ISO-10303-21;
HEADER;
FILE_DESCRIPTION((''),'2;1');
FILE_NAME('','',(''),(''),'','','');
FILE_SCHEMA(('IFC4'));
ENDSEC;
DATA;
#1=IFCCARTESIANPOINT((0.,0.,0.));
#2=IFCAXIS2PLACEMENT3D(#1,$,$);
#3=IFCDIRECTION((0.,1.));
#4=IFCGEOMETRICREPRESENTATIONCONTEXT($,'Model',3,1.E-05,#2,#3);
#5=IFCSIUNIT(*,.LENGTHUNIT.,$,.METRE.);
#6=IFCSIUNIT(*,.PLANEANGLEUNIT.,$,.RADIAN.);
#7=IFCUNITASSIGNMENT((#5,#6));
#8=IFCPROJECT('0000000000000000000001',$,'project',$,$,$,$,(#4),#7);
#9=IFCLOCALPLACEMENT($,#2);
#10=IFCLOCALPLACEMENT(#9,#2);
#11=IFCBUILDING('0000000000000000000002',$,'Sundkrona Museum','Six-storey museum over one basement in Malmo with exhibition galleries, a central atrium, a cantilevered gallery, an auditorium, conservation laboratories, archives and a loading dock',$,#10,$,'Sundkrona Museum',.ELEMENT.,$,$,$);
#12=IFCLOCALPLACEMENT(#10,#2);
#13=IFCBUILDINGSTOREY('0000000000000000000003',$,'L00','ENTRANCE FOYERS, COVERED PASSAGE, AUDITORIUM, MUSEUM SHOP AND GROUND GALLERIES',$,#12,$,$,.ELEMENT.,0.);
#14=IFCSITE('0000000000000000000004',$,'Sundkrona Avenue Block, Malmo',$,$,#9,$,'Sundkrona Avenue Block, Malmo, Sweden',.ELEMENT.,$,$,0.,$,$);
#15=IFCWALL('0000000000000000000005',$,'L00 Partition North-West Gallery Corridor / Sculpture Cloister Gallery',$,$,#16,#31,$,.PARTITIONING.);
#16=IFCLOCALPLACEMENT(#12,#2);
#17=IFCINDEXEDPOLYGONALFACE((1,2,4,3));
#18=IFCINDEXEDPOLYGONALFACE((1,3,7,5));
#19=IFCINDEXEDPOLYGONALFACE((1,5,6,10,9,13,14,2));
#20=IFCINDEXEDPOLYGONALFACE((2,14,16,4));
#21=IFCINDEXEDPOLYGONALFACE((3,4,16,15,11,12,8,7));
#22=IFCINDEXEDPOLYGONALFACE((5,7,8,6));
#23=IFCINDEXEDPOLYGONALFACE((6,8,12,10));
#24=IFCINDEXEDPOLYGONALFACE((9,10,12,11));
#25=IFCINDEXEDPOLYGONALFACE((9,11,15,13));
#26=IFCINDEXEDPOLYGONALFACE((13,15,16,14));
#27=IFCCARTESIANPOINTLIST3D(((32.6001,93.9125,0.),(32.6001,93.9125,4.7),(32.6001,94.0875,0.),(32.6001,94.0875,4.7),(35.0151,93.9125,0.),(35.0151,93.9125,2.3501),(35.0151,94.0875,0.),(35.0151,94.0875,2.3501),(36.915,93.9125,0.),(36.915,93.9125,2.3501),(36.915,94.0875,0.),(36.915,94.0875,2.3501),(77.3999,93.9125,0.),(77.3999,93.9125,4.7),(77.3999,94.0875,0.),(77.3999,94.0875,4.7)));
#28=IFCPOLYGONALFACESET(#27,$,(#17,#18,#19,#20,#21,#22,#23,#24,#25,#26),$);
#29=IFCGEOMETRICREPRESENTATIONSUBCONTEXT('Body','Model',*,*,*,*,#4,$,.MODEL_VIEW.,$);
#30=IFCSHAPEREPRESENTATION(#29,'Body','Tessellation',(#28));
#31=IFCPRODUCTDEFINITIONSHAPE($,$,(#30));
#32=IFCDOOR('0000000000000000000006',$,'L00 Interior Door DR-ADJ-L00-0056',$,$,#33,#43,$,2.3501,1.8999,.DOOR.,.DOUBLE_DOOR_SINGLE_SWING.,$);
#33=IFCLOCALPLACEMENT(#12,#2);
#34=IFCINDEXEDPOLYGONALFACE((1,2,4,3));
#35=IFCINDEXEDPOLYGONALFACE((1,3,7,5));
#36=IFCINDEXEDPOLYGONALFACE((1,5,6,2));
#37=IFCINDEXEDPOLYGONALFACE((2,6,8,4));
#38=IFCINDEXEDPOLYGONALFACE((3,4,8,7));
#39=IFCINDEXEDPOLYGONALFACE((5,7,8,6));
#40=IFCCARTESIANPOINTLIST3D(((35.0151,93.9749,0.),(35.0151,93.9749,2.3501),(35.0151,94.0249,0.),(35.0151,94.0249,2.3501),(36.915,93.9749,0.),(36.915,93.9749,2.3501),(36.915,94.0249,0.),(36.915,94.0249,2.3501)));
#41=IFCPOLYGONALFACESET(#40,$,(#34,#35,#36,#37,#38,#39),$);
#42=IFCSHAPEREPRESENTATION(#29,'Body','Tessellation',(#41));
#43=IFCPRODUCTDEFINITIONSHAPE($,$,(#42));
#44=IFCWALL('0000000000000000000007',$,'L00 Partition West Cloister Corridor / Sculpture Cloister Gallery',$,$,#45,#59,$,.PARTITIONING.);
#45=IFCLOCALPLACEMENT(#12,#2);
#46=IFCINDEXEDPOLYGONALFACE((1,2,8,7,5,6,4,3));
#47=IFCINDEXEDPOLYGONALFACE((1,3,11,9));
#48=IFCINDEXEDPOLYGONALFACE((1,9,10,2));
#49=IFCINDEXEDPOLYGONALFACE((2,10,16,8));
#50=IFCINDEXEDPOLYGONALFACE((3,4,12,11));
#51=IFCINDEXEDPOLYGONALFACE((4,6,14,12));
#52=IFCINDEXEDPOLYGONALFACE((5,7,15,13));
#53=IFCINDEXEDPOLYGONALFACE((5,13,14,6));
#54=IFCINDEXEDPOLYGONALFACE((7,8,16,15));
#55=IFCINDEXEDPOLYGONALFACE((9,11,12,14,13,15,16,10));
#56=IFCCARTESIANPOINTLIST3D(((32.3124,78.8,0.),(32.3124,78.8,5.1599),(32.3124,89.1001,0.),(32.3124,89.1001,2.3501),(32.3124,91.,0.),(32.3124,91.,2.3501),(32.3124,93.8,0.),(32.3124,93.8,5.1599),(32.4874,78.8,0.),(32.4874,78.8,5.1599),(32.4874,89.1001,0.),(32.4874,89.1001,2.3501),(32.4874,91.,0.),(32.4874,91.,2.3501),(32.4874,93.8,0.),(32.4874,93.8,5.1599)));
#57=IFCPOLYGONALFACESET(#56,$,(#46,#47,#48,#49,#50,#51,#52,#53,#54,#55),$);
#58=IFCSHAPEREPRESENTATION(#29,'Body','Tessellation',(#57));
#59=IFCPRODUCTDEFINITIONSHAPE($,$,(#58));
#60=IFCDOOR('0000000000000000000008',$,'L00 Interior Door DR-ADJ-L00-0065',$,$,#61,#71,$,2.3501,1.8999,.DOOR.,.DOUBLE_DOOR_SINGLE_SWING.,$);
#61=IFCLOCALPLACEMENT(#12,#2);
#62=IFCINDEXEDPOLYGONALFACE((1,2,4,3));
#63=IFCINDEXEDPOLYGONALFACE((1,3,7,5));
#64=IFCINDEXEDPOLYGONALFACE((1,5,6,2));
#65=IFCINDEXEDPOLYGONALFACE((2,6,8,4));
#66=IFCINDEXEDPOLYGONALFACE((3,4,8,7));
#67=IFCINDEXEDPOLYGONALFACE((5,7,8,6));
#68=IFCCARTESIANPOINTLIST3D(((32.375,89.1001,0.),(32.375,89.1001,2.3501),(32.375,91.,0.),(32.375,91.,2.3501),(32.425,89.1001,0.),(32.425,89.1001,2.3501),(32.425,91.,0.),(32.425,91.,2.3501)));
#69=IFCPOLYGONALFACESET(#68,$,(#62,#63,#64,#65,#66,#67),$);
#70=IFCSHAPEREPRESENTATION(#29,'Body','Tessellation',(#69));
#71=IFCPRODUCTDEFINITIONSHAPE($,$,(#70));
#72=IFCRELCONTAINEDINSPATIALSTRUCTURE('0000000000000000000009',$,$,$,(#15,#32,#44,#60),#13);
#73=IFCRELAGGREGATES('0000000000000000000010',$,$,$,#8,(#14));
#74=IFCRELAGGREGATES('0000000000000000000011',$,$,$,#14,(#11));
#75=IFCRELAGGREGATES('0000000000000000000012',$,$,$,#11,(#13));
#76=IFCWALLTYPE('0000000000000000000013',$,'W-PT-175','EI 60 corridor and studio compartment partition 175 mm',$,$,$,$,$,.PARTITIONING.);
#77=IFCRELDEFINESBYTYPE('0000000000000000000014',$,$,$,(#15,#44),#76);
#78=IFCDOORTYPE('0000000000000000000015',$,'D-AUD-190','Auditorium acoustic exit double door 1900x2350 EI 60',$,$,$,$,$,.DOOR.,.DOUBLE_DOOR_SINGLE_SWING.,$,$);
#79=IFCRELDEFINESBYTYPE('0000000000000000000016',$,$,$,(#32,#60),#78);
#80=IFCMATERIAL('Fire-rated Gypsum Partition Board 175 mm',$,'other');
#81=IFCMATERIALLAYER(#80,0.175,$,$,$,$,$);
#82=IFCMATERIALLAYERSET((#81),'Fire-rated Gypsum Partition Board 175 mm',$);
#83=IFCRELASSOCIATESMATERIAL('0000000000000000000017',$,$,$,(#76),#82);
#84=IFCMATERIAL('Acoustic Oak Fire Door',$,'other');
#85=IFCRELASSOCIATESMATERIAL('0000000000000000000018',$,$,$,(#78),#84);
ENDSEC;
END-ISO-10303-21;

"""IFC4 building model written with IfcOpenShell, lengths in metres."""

from ifc_helpers import new_model, si_unit, direction, frame, frame_2d, origin, place, context, subcontext, project, spatial, rectangle, extrude, material, layer, layer_set, type_object, element, fill, save


model = new_model("IFC4")

# Units and contexts
model_context = context("Model", 3, precision=1e-05, world=origin(), true_north=direction((0.0, 1.0)))
body_context = subcontext(model_context, "Body", "Model", "MODEL_VIEW")
ifc_project = project(units=[si_unit("LENGTHUNIT", "METRE"), si_unit("PLANEANGLEUNIT", "RADIAN")], contexts=[model_context])

# Site, building, storey
site_placement = place(None, origin())
site = spatial("IfcSite", under=ifc_project, at=site_placement, Name="Sundkrona Avenue Block, Malmo", LongName="Sundkrona Avenue Block, Malmo, Sweden", CompositionType="ELEMENT", RefElevation=0.0)
building_placement = place(site_placement, origin())
building = spatial("IfcBuilding", under=site, at=building_placement, Name="Sundkrona Museum", Description="Six-storey museum over one basement in Malmo with exhibition galleries, a central atrium, a cantilevered gallery, an auditorium, conservation laboratories, archives and a loading dock", LongName="Sundkrona Museum", CompositionType="ELEMENT")
storey_placement = place(building_placement, origin())
storey = spatial("IfcBuildingStorey", under=building, at=storey_placement, Name="L00", Description="ENTRANCE FOYERS, COVERED PASSAGE, AUDITORIUM, MUSEUM SHOP AND GROUND GALLERIES", CompositionType="ELEMENT", Elevation=0.0)

# Walls, openings, doors
ifc_material_1 = material(Name="Fire-rated Gypsum Partition Board 175 mm", Category="other")
ifc_layer_1 = layer(ifc_material_1, 0.175)
ifc_layer_set_1 = layer_set([ifc_layer_1], Name="Fire-rated Gypsum Partition Board 175 mm")
wall_type_1 = type_object("IfcWallType", Name="W-PT-175", Description="EI 60 corridor and studio compartment partition 175 mm", PredefinedType="PARTITIONING", material=ifc_layer_set_1)
wall_1_placement = place(storey_placement, frame((32.6001, 94.0, 0.0), z_axis=(0.0, 0.0, 1.0), x_axis=(1.0, 0.0, 0.0)))
wall_1 = element("IfcWall", 1, at=wall_1_placement, inside=storey, type_object=wall_type_1, Name="L00 Partition North-West Gallery Corridor / Sculpture Cloister Gallery", PredefinedType="PARTITIONING", context=body_context, shape_type="SweptSolid", body=[
    extrude(rectangle(XDim=44.7998, YDim=0.175, at=frame_2d((22.3999, 0.0))), origin(), (0.0, 0.0, 1.0), 4.7),
])
opening_1_placement = place(wall_1_placement, frame((2.415, 0.0, 0.0)))
opening_1 = element("IfcOpeningElement", 2, at=opening_1_placement, cuts=wall_1, PredefinedType="OPENING", context=body_context, shape_type="SweptSolid", body=[
    extrude(rectangle(XDim=1.8999, YDim=2.3501, at=frame_2d((0.95, 1.175))), frame((0.0, 0.0974, 0.0), z_axis=(0.0, -1.0, 0.0), x_axis=(1.0, 0.0, 0.0)), (0.0, 0.0, 1.0), 0.1951),
])
ifc_material_2 = material(Name="Acoustic Oak Fire Door", Category="other")
door_type_1 = type_object("IfcDoorType", Name="D-AUD-190", Description="Auditorium acoustic exit double door 1900x2350 EI 60", OperationType="DOUBLE_DOOR_SINGLE_SWING", PredefinedType="DOOR", material=ifc_material_2)
door_1_placement = place(opening_1_placement, origin())
door_1 = element("IfcDoor", 3, at=door_1_placement, inside=storey, type_object=door_type_1, Name="L00 Interior Door DR-ADJ-L00-0056", OperationType="DOUBLE_DOOR_SINGLE_SWING", OverallHeight=2.3501, OverallWidth=1.8999, PredefinedType="DOOR", context=body_context, shape_type="SweptSolid", body=[
    extrude(rectangle(XDim=1.8999, YDim=2.3501, at=frame_2d((0.95, 1.175))), frame((0.0, 0.0249, 0.0), z_axis=(0.0, -1.0, 0.0), x_axis=(1.0, 0.0, 0.0)), (0.0, 0.0, 1.0), 0.05),
])
fill(opening_1, door_1)
wall_2_placement = place(storey_placement, frame((32.3999, 78.8, 0.0), z_axis=(0.0, 0.0, 1.0), x_axis=(0.0, 1.0, 0.0)))
wall_2 = element("IfcWall", 4, at=wall_2_placement, inside=storey, type_object=wall_type_1, Name="L00 Partition West Cloister Corridor / Sculpture Cloister Gallery", PredefinedType="PARTITIONING", context=body_context, shape_type="SweptSolid", body=[
    extrude(rectangle(XDim=15.0, YDim=0.175, at=frame_2d((7.5, 0.0))), origin(), (0.0, 0.0, 1.0), 5.1599),
])
opening_2_placement = place(wall_2_placement, frame((10.3, 0.0, 0.0)))
opening_2 = element("IfcOpeningElement", 5, at=opening_2_placement, cuts=wall_2, PredefinedType="OPENING", context=body_context, shape_type="SweptSolid", body=[
    extrude(rectangle(XDim=1.8999, YDim=2.3501, at=frame_2d((0.95, 1.175))), frame((0.0, 0.0974, 0.0), z_axis=(0.0, -1.0, 0.0), x_axis=(1.0, 0.0, 0.0)), (0.0, 0.0, 1.0), 0.1951),
])
door_2_placement = place(opening_2_placement, origin())
door_2 = element("IfcDoor", 6, at=door_2_placement, inside=storey, type_object=door_type_1, Name="L00 Interior Door DR-ADJ-L00-0065", OperationType="DOUBLE_DOOR_SINGLE_SWING", OverallHeight=2.3501, OverallWidth=1.8999, PredefinedType="DOOR", context=body_context, shape_type="SweptSolid", body=[
    extrude(rectangle(XDim=1.8999, YDim=2.3501, at=frame_2d((0.95, 1.175))), frame((0.0, 0.0249, 0.0), z_axis=(0.0, -1.0, 0.0), x_axis=(1.0, 0.0, 0.0)), (0.0, 0.0, 1.0), 0.05),
])
fill(opening_2, door_2)

save(model, "model.ifc")
